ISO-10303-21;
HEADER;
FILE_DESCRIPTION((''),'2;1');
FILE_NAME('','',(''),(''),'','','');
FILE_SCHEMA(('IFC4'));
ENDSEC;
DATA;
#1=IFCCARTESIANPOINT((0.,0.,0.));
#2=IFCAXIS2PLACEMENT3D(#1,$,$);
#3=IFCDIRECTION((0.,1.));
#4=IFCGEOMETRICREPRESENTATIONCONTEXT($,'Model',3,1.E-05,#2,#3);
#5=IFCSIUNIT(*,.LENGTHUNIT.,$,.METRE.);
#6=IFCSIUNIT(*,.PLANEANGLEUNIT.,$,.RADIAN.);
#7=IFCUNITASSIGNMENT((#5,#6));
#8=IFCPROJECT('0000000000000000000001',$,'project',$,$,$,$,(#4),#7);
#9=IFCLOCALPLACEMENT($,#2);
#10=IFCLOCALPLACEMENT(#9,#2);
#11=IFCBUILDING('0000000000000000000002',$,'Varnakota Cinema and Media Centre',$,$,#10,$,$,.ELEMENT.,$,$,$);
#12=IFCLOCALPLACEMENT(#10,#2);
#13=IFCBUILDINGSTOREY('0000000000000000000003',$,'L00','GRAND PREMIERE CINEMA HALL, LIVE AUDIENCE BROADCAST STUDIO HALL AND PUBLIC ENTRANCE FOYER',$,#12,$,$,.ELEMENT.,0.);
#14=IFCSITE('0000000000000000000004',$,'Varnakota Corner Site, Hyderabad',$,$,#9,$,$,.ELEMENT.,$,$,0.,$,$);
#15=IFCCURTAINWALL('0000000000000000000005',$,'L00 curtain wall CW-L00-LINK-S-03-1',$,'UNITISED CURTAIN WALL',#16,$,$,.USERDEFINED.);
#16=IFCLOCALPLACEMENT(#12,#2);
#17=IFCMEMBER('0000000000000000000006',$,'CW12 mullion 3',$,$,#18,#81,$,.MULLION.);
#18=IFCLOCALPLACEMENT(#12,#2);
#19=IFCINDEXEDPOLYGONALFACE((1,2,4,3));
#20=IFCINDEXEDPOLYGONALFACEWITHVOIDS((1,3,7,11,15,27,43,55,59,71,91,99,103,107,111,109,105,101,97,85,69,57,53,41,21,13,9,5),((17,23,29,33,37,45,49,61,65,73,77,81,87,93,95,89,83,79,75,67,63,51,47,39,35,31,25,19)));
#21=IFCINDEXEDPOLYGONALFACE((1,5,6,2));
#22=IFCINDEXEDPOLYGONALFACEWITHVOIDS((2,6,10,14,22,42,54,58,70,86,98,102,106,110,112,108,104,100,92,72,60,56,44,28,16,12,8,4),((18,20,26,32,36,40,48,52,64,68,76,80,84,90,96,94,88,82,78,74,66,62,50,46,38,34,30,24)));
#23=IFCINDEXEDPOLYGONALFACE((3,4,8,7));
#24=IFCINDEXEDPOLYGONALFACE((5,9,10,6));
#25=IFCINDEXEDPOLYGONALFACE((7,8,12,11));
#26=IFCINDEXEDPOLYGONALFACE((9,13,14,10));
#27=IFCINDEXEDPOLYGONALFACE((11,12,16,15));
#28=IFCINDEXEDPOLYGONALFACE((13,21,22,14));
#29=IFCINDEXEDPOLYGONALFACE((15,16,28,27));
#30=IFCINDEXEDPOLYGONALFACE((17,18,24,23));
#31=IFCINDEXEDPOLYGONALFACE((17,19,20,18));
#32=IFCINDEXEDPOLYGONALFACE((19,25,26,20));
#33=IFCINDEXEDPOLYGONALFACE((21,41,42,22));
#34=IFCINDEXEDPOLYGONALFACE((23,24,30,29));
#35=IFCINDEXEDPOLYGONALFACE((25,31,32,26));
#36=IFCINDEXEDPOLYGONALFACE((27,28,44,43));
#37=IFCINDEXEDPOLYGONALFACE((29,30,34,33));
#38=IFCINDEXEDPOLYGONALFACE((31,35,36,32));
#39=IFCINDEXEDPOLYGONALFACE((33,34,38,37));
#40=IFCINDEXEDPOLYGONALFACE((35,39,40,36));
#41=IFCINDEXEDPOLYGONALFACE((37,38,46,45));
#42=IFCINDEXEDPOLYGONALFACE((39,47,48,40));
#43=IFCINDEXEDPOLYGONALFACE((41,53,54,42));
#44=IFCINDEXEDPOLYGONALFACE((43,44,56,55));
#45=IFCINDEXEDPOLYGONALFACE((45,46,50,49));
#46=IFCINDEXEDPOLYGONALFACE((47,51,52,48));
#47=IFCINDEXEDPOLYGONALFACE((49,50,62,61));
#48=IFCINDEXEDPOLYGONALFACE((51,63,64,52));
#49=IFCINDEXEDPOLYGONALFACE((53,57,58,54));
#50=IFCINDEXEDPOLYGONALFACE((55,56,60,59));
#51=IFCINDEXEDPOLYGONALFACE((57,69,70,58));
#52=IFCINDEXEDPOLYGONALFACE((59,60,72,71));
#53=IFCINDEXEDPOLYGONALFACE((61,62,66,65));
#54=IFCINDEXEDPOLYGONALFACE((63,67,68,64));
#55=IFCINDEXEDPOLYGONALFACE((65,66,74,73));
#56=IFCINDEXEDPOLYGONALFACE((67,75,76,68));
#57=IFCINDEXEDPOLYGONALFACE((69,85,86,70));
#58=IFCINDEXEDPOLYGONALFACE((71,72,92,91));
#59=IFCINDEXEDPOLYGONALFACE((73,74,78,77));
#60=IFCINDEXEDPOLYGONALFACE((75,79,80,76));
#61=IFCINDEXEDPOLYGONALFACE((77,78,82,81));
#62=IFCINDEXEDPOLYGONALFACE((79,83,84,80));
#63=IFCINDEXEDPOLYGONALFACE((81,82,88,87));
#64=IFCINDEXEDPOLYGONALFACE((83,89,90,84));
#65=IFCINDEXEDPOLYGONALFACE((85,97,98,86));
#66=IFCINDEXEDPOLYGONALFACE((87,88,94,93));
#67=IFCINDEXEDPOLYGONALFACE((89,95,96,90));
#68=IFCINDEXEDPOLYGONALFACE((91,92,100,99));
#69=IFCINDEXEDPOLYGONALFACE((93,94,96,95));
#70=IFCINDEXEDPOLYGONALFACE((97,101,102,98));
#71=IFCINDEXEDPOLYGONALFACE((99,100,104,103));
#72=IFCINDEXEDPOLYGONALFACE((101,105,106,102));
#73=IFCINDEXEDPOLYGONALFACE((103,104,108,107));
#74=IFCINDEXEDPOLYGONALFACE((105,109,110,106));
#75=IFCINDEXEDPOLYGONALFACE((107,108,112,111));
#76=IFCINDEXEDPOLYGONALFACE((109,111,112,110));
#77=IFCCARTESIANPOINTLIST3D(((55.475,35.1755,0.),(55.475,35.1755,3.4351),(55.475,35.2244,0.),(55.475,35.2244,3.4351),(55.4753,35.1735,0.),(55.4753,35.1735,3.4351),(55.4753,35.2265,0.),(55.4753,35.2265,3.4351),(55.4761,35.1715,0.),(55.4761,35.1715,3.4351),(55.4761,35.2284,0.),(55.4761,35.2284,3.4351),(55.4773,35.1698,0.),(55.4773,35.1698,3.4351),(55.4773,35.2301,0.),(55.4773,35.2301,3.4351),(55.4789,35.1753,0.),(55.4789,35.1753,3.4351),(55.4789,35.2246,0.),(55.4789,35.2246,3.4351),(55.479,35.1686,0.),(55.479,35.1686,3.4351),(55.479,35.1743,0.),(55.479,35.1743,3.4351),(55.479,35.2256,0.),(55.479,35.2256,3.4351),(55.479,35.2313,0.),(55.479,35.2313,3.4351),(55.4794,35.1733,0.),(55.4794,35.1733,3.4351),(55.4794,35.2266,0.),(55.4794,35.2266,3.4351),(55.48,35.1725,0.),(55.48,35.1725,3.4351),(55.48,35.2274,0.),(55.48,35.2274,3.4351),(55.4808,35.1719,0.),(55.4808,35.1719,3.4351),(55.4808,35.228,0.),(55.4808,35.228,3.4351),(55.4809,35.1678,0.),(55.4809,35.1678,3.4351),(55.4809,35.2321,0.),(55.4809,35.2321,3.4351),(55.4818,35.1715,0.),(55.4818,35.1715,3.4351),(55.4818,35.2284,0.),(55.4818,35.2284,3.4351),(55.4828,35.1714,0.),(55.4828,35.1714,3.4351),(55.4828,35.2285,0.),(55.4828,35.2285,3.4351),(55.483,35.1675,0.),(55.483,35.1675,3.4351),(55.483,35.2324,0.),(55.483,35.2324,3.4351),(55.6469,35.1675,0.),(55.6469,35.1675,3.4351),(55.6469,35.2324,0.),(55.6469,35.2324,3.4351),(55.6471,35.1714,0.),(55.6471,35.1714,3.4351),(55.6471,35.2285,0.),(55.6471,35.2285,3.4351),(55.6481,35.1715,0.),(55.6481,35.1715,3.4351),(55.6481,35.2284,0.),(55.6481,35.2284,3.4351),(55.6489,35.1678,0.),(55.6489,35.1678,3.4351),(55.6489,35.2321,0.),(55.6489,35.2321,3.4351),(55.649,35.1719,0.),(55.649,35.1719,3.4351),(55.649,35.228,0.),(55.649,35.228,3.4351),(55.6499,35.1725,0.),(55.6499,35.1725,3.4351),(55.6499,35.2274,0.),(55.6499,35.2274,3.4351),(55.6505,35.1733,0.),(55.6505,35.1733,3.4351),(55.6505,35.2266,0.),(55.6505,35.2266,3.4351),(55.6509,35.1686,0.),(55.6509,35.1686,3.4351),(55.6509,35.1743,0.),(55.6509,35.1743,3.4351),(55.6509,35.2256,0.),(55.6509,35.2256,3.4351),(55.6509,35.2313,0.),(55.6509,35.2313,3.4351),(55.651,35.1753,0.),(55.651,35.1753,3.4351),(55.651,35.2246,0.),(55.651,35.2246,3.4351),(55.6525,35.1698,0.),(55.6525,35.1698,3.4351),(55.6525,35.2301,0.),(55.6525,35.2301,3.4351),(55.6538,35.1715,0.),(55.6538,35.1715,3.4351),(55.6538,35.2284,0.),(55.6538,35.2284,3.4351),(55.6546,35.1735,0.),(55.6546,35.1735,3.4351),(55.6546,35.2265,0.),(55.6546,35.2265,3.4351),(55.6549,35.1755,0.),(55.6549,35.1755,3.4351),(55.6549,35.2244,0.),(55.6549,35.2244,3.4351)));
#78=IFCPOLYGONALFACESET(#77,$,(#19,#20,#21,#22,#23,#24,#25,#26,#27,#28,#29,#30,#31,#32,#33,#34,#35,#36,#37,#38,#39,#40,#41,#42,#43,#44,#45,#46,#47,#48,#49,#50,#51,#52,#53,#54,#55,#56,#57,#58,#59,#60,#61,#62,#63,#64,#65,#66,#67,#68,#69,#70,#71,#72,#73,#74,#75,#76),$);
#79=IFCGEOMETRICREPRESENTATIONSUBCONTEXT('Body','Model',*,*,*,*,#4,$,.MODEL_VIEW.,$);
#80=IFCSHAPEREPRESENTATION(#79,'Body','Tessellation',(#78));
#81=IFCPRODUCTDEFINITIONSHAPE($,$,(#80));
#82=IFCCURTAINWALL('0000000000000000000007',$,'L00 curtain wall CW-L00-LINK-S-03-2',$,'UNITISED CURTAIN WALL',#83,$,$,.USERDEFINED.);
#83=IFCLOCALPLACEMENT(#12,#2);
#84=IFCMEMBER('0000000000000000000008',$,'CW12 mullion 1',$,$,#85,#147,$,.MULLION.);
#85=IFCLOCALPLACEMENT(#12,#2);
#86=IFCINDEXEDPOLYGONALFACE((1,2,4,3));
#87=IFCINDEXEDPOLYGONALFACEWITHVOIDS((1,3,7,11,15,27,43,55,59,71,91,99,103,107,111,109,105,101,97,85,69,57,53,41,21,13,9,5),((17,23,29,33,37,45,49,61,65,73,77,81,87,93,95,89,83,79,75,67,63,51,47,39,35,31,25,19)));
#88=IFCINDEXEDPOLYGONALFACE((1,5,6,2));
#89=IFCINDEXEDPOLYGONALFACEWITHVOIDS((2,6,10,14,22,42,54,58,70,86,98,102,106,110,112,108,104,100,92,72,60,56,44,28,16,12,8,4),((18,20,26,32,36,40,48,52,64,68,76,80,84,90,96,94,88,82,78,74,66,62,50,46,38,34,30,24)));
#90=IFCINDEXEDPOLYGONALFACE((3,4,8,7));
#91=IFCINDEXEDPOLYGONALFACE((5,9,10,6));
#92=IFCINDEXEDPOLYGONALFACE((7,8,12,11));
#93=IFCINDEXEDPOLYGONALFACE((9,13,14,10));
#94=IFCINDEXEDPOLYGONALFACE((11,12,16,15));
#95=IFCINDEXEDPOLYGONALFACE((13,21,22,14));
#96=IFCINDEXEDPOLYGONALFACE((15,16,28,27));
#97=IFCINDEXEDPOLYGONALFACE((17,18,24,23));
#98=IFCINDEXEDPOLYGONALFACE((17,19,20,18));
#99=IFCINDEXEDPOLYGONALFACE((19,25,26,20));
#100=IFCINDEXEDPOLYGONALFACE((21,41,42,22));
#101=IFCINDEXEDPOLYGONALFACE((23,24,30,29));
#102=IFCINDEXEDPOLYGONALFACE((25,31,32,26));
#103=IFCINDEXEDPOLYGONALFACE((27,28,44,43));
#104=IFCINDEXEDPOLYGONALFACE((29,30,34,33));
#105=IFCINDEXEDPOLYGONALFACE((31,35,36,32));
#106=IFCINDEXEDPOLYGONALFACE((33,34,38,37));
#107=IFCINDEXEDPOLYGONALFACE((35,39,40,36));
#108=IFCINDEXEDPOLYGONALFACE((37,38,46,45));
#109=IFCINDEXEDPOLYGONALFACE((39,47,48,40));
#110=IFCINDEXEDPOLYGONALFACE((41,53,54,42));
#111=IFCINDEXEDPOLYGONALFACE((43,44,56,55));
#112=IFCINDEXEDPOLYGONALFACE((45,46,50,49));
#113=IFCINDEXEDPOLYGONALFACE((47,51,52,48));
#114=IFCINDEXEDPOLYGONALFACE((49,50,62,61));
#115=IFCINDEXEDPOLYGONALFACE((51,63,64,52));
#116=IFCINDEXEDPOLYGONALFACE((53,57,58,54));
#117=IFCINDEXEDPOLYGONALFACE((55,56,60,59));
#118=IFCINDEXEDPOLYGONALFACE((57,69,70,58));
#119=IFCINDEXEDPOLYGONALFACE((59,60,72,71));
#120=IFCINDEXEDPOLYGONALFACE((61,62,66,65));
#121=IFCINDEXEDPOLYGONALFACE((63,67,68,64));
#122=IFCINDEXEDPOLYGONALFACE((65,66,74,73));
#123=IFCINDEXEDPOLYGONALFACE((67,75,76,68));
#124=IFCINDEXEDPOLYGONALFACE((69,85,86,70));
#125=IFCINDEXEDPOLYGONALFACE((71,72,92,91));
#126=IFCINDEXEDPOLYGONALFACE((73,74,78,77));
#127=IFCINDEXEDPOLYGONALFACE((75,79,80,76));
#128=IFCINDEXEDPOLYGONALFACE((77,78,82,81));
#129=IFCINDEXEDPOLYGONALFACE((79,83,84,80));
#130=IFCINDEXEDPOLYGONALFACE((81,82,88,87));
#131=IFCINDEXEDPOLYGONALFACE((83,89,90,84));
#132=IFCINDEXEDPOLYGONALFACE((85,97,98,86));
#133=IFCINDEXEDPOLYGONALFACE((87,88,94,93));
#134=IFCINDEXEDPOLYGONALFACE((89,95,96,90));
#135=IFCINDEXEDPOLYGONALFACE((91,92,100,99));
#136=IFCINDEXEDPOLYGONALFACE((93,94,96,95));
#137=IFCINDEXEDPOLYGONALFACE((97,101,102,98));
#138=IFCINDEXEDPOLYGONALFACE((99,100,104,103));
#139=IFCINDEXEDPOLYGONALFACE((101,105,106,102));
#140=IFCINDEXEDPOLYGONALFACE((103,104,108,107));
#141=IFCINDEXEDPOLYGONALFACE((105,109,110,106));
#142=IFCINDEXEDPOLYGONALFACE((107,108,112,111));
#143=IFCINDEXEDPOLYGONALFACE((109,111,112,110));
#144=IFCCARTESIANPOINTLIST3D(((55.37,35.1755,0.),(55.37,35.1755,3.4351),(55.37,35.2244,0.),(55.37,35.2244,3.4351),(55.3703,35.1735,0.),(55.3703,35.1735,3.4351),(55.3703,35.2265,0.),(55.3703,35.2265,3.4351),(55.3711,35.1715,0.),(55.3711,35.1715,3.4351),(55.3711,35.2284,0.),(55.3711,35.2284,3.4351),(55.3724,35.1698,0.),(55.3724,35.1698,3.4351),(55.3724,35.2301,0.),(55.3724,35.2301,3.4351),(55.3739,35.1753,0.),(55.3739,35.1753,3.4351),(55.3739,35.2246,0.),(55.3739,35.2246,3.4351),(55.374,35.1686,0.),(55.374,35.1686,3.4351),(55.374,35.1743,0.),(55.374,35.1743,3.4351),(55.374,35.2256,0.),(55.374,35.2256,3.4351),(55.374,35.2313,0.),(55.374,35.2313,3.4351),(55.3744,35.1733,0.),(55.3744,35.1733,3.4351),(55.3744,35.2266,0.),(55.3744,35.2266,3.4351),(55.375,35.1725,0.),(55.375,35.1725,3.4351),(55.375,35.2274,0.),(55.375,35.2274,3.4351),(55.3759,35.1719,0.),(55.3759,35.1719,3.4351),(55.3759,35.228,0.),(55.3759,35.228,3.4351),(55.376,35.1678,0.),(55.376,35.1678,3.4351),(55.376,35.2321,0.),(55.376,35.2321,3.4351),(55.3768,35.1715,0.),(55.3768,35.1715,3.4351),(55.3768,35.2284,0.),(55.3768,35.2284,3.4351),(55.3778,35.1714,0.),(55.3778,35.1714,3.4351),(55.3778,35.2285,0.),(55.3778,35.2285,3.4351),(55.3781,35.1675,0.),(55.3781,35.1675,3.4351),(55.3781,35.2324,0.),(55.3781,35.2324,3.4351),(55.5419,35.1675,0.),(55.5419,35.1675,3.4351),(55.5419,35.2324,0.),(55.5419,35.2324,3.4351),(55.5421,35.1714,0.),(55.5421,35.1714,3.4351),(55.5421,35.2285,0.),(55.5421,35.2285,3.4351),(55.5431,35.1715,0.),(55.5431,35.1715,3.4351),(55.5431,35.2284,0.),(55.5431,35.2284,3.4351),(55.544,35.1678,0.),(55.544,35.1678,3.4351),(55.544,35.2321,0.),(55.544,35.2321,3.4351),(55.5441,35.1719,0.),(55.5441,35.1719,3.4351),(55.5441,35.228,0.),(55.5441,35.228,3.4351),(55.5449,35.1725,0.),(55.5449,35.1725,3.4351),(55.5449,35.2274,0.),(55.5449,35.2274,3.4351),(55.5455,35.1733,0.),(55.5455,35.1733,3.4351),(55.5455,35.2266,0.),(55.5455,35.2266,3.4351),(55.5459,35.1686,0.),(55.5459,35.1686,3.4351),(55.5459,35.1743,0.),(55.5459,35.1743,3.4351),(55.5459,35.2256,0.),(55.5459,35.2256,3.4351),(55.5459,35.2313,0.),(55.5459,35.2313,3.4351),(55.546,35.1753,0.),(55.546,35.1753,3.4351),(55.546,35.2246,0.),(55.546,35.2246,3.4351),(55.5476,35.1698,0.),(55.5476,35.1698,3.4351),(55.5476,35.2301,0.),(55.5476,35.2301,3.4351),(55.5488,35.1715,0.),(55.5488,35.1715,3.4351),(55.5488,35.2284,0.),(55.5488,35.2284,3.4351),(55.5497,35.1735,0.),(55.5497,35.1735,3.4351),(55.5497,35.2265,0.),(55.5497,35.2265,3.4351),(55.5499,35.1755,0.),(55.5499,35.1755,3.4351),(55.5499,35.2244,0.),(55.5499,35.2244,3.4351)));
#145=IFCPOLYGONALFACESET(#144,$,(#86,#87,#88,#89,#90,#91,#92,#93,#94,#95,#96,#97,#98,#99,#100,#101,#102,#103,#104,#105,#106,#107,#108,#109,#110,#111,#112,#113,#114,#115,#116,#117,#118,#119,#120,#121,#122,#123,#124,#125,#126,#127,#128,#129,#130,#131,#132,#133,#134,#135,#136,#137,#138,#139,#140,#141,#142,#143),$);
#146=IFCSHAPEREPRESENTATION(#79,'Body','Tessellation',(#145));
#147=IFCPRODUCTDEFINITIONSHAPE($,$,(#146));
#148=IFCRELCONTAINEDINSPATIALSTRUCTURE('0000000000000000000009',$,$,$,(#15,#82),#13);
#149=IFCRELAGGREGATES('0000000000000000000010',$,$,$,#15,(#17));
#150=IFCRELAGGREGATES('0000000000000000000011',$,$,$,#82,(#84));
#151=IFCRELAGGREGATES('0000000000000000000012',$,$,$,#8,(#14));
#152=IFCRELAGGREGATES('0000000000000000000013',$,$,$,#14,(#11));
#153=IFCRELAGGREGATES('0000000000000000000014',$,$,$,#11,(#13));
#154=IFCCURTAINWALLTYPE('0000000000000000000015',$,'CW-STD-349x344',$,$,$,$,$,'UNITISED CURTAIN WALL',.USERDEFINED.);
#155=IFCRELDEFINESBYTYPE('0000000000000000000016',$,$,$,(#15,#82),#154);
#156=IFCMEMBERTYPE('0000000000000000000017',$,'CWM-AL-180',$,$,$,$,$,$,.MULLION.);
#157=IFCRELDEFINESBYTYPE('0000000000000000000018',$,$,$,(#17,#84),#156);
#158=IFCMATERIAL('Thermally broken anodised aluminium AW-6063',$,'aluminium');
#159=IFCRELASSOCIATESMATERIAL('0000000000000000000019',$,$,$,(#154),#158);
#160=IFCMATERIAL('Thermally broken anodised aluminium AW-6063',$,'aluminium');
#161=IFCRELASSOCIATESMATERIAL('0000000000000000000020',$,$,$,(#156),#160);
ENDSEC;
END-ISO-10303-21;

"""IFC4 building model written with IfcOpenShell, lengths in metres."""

from ifc_helpers import new_model, si_unit, direction, frame, origin, origin_2d, place, context, subcontext, project, spatial, hollow_rectangle, extrude, material, material_profile, profile_set, type_object, element, aggregate, save


model = new_model("IFC4")

# Units and contexts
model_context = context("Model", 3, precision=1e-05, world=origin(), true_north=direction((0.0, 1.0)))
body_context = subcontext(model_context, "Body", "Model", "MODEL_VIEW")
ifc_project = project(units=[si_unit("LENGTHUNIT", "METRE"), si_unit("PLANEANGLEUNIT", "RADIAN")], contexts=[model_context])

# Site, building, storey
site_placement = place(None, origin())
site = spatial("IfcSite", under=ifc_project, at=site_placement, Name="Varnakota Corner Site, Hyderabad", CompositionType="ELEMENT", RefElevation=0.0)
building_placement = place(site_placement, origin())
building = spatial("IfcBuilding", under=site, at=building_placement, Name="Varnakota Cinema and Media Centre", CompositionType="ELEMENT")
storey_placement = place(building_placement, origin())
storey = spatial("IfcBuildingStorey", under=building, at=storey_placement, Name="L00", Description="GRAND PREMIERE CINEMA HALL, LIVE AUDIENCE BROADCAST STUDIO HALL AND PUBLIC ENTRANCE FOYER", CompositionType="ELEMENT", Elevation=0.0)

# Curtain walls, members
ifc_material_1 = material(Name="Thermally broken anodised aluminium AW-6063", Category="aluminium")
curtain_wall_type = type_object("IfcCurtainWallType", Name="CW-STD-349x344", ElementType="UNITISED CURTAIN WALL", PredefinedType="USERDEFINED", material=ifc_material_1)
curtain_wall_1_placement = place(storey_placement, origin())
curtain_wall_1 = element("IfcCurtainWall", 1, at=curtain_wall_1_placement, inside=storey, type_object=curtain_wall_type, Name="L00 curtain wall CW-L00-LINK-S-03-1", ObjectType="UNITISED CURTAIN WALL", PredefinedType="USERDEFINED")
ifc_material_2 = material(Name="Thermally broken anodised aluminium AW-6063", Category="aluminium")
ifc_material_profile_1 = material_profile(ifc_material_2, hollow_rectangle(XDim=0.0649, YDim=0.1799, WallThickness=0.0039, InnerFilletRadius=0.0039, OuterFilletRadius=0.0081, at=origin_2d()), Name="AL-MULLION 180x65x4")
ifc_profile_set_1 = profile_set([ifc_material_profile_1], Name="Thermally broken anodised aluminium AW-6063")
member_type_1 = type_object("IfcMemberType", Name="CWM-AL-180", PredefinedType="MULLION", material=ifc_profile_set_1)
member_1_placement = place(storey_placement, frame((55.5649, 35.2, 0.0), z_axis=(0.0, 0.0, 1.0), x_axis=(0.0, -1.0, 0.0)))
member_1 = element("IfcMember", 2, at=member_1_placement, type_object=member_type_1, Name="CW12 mullion 3", PredefinedType="MULLION", context=body_context, shape_type="SweptSolid", body=[
    extrude(hollow_rectangle(XDim=0.0649, YDim=0.1799, WallThickness=0.0039, InnerFilletRadius=0.0039, OuterFilletRadius=0.0081, at=origin_2d()), origin(), (0.0, 0.0, 1.0), 3.4351),
])
curtain_wall_2_placement = place(storey_placement, origin())
curtain_wall_2 = element("IfcCurtainWall", 3, at=curtain_wall_2_placement, inside=storey, type_object=curtain_wall_type, Name="L00 curtain wall CW-L00-LINK-S-03-2", ObjectType="UNITISED CURTAIN WALL", PredefinedType="USERDEFINED")
member_2_placement = place(storey_placement, frame((55.46, 35.2, 0.0), z_axis=(0.0, 0.0, 1.0), x_axis=(0.0, -1.0, 0.0)))
member_2 = element("IfcMember", 4, at=member_2_placement, type_object=member_type_1, Name="CW12 mullion 1", PredefinedType="MULLION", context=body_context, shape_type="SweptSolid", body=[
    extrude(hollow_rectangle(XDim=0.0649, YDim=0.1799, WallThickness=0.0039, InnerFilletRadius=0.0039, OuterFilletRadius=0.0081, at=origin_2d()), origin(), (0.0, 0.0, 1.0), 3.4351),
])

aggregate(curtain_wall_1, [member_1])
aggregate(curtain_wall_2, [member_2])

save(model, "model.ifc")
